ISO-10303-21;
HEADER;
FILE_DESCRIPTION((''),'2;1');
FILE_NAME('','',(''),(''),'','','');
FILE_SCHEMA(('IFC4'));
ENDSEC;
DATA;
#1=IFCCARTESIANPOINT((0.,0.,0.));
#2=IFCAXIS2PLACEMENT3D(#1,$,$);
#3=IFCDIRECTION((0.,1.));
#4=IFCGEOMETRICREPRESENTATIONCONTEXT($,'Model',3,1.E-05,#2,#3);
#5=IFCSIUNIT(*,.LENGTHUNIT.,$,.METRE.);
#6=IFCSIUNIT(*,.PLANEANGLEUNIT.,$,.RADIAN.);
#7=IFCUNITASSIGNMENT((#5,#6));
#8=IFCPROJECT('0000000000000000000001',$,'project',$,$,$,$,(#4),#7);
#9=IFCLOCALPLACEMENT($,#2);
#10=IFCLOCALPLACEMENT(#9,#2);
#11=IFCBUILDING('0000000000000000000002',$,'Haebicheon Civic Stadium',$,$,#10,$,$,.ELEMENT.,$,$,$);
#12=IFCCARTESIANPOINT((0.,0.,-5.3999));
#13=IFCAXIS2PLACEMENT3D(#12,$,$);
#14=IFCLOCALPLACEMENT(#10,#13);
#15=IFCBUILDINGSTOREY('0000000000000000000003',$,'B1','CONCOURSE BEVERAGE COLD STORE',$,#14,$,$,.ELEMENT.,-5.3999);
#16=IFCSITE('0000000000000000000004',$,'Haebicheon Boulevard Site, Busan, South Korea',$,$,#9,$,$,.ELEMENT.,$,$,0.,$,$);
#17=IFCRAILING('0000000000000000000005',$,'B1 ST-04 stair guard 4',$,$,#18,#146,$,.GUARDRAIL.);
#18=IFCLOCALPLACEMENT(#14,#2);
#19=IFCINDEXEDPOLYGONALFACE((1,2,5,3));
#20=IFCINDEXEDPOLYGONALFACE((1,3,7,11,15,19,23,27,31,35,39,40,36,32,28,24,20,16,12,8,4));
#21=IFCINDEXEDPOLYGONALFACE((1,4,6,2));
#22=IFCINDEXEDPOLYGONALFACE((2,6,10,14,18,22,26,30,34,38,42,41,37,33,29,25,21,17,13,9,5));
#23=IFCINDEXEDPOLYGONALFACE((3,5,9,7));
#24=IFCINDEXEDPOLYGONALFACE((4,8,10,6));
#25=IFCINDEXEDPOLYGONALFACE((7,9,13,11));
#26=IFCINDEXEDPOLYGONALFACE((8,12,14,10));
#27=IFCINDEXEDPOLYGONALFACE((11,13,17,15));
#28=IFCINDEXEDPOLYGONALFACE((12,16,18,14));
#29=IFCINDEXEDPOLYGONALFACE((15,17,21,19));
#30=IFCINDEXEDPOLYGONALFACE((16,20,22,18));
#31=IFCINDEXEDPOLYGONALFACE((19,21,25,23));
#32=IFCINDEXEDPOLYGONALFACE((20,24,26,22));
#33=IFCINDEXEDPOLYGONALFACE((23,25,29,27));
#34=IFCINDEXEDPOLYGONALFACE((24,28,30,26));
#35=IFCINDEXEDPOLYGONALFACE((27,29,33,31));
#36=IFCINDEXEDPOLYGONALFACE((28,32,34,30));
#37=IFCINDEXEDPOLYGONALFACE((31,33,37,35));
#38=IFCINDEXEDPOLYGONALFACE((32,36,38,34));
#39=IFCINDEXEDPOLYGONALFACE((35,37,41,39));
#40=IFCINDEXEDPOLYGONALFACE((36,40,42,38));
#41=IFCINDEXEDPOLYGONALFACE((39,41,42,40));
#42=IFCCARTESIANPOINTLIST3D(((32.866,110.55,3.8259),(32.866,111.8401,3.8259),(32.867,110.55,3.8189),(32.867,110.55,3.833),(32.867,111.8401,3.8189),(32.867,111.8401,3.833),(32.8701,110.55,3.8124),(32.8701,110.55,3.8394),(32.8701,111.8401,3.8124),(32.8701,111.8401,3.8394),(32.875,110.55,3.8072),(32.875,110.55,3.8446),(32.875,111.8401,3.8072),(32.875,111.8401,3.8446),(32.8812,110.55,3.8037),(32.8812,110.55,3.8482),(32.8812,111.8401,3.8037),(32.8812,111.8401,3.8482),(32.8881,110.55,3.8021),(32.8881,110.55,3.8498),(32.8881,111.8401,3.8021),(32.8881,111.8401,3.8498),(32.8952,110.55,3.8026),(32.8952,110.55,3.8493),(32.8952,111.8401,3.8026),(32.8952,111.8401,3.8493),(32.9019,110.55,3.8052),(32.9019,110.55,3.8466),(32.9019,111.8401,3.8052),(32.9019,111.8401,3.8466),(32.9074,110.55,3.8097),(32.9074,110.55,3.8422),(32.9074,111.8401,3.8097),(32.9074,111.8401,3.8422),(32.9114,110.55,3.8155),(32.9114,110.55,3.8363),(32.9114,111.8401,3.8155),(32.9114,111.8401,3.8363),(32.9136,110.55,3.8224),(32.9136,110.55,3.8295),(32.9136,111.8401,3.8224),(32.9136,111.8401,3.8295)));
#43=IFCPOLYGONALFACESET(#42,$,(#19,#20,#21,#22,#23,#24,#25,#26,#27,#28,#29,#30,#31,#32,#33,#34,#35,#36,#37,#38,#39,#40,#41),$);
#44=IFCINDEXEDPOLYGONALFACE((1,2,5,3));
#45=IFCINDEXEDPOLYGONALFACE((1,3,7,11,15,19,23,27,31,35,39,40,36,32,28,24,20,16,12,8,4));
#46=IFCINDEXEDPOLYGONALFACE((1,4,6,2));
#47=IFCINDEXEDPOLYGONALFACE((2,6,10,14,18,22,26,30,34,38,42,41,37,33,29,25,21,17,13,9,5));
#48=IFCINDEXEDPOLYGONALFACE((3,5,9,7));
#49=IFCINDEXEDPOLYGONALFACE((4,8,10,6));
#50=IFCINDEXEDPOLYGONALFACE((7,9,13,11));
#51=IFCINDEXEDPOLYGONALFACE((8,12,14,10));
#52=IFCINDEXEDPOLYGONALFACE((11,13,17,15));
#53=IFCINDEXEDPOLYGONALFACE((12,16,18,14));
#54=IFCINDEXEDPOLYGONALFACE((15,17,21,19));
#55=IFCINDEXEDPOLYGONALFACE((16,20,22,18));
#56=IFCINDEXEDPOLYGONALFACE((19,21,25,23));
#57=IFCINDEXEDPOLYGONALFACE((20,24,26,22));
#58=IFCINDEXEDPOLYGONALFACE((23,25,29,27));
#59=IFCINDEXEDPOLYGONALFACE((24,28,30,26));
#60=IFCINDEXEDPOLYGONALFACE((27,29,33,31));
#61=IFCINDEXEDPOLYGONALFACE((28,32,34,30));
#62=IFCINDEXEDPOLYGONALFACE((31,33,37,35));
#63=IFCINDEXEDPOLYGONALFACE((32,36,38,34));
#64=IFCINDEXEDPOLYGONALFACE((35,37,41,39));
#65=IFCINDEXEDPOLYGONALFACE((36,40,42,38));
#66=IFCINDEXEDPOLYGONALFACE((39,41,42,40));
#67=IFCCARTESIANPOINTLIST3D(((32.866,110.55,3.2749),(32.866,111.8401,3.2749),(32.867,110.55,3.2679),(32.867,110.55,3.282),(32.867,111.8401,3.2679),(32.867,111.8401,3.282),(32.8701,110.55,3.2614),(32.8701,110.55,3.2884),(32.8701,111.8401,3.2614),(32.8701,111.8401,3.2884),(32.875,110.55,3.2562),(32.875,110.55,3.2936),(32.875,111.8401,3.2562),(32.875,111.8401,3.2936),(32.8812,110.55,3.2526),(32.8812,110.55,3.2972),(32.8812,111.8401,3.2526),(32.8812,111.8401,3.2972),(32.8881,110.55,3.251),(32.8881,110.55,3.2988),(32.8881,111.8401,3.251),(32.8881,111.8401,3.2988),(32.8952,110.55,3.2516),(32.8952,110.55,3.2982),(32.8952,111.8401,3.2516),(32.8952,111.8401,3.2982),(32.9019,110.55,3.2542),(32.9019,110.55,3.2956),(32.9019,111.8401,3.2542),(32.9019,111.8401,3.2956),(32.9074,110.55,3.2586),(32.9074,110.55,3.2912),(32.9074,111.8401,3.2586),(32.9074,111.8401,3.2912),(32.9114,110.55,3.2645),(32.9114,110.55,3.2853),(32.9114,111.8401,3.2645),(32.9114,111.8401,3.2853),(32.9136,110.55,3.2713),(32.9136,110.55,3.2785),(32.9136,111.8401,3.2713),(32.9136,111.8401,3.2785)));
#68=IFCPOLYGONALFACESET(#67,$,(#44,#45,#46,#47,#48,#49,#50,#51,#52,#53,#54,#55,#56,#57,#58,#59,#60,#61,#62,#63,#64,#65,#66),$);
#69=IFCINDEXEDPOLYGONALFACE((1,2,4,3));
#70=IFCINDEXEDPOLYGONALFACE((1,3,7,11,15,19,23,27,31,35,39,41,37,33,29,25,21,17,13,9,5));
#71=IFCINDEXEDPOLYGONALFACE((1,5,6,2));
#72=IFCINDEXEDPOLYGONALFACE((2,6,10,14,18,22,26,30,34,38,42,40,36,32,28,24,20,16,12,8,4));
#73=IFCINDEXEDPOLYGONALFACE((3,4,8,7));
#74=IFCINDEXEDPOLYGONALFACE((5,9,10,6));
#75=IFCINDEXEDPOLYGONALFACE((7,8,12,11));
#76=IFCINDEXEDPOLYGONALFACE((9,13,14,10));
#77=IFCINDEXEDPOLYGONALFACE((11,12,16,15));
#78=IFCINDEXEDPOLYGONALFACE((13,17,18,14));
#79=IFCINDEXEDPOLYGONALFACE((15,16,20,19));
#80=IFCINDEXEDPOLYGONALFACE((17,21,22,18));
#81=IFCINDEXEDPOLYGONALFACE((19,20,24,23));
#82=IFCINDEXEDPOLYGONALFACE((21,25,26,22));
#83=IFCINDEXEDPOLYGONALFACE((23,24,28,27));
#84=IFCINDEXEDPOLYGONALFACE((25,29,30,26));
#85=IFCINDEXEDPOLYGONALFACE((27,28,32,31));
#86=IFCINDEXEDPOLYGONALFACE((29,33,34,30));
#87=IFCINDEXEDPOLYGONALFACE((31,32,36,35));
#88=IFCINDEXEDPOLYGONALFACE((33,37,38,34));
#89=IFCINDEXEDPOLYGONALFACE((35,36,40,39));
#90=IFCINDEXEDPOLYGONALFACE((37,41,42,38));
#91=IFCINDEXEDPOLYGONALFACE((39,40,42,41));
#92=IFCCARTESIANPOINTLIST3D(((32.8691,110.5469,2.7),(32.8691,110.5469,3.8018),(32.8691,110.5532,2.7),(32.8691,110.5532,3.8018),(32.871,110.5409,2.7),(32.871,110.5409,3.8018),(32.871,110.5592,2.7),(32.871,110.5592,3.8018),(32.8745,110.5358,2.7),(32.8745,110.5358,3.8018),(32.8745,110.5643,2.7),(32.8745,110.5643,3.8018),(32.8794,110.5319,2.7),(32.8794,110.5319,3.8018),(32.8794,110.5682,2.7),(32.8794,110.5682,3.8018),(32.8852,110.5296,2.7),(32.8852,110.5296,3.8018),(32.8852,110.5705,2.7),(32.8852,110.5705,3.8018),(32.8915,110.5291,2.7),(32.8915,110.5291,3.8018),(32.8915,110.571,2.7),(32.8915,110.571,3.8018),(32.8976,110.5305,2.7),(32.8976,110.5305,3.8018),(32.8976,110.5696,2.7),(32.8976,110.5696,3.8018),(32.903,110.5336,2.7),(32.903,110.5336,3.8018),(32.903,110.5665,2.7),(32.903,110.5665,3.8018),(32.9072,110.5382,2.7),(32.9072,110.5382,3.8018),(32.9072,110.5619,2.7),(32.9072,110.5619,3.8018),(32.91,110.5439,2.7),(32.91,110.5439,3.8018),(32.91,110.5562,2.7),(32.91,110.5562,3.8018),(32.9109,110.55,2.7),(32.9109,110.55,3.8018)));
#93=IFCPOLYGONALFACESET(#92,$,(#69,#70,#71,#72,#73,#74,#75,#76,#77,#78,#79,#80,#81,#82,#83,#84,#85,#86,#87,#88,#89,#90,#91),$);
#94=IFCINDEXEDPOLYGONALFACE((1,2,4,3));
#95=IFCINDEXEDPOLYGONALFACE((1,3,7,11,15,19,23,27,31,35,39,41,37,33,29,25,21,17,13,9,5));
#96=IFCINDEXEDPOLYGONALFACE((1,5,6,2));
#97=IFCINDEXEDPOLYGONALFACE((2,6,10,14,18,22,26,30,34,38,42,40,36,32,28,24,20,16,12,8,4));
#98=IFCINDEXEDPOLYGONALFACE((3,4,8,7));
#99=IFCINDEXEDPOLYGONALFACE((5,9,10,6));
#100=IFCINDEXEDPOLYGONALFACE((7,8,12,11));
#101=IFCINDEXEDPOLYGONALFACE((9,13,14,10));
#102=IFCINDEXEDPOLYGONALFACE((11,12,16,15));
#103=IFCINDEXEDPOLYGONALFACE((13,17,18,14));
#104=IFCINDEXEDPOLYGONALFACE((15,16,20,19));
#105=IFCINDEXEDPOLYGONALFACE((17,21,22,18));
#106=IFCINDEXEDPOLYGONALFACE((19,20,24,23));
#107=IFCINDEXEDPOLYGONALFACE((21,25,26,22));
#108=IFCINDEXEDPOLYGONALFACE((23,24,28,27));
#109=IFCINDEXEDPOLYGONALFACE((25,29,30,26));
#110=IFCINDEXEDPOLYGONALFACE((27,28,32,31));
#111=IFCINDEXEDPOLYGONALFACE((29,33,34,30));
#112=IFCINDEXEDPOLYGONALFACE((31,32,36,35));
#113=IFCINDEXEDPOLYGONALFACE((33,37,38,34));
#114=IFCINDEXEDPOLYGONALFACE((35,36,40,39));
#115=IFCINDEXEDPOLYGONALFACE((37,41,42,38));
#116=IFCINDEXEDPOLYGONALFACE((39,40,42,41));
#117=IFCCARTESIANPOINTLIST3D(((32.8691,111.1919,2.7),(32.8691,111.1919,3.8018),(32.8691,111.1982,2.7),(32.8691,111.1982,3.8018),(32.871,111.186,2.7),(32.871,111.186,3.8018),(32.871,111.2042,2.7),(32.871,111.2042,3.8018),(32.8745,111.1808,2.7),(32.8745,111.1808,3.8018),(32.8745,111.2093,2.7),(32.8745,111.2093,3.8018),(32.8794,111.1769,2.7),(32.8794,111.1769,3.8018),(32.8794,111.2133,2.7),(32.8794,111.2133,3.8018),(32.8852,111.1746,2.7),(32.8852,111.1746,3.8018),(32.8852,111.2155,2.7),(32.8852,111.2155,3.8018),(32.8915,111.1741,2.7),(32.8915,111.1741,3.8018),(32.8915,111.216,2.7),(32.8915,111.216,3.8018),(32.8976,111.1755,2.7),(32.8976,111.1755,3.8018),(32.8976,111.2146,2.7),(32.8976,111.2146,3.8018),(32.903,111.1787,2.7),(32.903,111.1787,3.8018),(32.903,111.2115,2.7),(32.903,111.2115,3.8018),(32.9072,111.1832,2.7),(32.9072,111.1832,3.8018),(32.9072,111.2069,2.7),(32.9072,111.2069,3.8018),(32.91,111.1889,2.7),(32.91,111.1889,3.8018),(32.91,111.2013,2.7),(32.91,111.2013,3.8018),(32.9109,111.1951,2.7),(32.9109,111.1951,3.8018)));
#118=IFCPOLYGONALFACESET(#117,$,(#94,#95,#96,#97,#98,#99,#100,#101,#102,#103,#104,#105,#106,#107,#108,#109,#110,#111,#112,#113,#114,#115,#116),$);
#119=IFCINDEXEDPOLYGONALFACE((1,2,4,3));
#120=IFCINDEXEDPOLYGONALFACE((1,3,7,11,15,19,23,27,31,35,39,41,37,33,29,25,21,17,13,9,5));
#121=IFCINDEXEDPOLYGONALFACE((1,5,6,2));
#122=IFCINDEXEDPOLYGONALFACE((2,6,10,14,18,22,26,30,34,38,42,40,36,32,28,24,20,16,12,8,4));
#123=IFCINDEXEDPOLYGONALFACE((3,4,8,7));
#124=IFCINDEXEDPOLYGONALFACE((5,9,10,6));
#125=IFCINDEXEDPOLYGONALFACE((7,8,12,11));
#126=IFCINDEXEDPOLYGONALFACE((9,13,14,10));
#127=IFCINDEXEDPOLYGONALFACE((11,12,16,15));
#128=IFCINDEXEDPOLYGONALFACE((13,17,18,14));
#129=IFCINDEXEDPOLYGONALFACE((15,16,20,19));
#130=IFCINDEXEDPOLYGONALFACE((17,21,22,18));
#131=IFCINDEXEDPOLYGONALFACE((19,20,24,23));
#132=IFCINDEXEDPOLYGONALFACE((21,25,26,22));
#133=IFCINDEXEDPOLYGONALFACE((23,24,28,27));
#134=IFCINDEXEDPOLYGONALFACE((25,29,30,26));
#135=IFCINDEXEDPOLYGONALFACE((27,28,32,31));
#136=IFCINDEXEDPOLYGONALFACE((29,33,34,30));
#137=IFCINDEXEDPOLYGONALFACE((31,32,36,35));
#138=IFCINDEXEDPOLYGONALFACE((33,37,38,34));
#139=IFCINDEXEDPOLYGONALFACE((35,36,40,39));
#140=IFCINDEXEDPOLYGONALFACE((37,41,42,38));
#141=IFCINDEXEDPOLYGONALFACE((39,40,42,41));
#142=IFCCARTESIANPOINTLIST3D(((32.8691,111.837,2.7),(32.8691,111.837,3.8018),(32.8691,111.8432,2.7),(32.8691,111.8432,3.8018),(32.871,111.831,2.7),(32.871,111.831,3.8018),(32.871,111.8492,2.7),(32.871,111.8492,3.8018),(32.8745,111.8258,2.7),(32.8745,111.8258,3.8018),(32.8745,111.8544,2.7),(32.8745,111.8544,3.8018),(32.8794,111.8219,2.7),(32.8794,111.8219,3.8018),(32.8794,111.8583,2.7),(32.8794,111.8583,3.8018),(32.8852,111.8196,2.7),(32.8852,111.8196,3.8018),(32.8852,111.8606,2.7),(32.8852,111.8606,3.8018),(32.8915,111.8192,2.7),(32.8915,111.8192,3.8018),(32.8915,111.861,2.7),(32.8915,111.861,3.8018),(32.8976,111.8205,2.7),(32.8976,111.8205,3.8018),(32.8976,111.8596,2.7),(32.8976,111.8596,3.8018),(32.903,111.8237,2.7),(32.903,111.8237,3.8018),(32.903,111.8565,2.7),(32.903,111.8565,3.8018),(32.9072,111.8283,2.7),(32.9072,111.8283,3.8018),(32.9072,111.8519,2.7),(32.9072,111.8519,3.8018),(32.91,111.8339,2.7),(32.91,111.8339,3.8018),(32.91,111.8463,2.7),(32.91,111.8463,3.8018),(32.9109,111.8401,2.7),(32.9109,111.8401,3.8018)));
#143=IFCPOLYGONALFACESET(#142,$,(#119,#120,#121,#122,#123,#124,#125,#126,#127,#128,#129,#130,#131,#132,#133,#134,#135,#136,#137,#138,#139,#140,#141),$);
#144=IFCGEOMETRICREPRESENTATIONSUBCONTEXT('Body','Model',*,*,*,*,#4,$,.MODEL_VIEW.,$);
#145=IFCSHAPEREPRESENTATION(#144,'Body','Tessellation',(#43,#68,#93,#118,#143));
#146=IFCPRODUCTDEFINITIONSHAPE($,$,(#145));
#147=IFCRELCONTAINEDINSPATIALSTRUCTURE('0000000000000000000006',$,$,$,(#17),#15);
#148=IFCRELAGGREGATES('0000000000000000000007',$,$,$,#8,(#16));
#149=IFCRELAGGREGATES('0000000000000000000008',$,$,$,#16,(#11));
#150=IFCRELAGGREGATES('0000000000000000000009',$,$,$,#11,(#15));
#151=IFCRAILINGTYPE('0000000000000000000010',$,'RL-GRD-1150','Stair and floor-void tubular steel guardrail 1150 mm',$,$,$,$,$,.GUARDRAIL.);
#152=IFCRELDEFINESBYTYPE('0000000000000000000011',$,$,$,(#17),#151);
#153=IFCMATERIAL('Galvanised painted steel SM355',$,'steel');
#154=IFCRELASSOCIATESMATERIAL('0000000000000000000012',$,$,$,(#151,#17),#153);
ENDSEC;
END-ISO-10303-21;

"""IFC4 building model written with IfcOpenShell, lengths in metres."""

from ifc_helpers import new_model, si_unit, direction, frame, origin, origin_2d, place, context, subcontext, project, spatial, circle, extrude, material, type_object, element, save


model = new_model("IFC4")

# Units and contexts
model_context = context("Model", 3, precision=1e-05, world=origin(), true_north=direction((0.0, 1.0)))
body_context = subcontext(model_context, "Body", "Model", "MODEL_VIEW")
ifc_project = project(units=[si_unit("LENGTHUNIT", "METRE"), si_unit("PLANEANGLEUNIT", "RADIAN")], contexts=[model_context])

# Site, building, storey
site_placement = place(None, origin())
site = spatial("IfcSite", under=ifc_project, at=site_placement, Name="Haebicheon Boulevard Site, Busan, South Korea", CompositionType="ELEMENT", RefElevation=0.0)
building_placement = place(site_placement, origin())
building = spatial("IfcBuilding", under=site, at=building_placement, Name="Haebicheon Civic Stadium", CompositionType="ELEMENT")
storey_placement = place(building_placement, frame((0.0, 0.0, -5.3999)))
storey = spatial("IfcBuildingStorey", under=building, at=storey_placement, Name="B1", Description="CONCOURSE BEVERAGE COLD STORE", CompositionType="ELEMENT", Elevation=-5.3999)

# Railing
ifc_material_1 = material(Name="Galvanised painted steel SM355", Category="steel")
railing_type_1 = type_object("IfcRailingType", Name="RL-GRD-1150", Description="Stair and floor-void tubular steel guardrail 1150 mm", PredefinedType="GUARDRAIL", material=ifc_material_1)
railing_1_placement = place(storey_placement, frame((32.8899, 110.55, 2.7)))
element("IfcRailing", 1, at=railing_1_placement, inside=storey, type_object=railing_type_1, material=ifc_material_1, Name="B1 ST-04 stair guard 4", PredefinedType="GUARDRAIL", context=body_context, shape_type="SweptSolid", body=[
    extrude(circle(Radius=0.0239, at=origin_2d()), frame((0.0, 0.0, 1.126), z_axis=(0.0, 1.0, 0.0), x_axis=(-1.0, 0.0, 0.0)), (0.0, 0.0, 1.0), 1.29),
    extrude(circle(Radius=0.0239, at=origin_2d()), frame((0.0, 0.0, 0.575), z_axis=(0.0, 1.0, 0.0), x_axis=(-1.0, 0.0, 0.0)), (0.0, 0.0, 1.0), 1.29),
    extrude(circle(Radius=0.021, at=origin_2d()), origin(), (0.0, 0.0, 1.0), 1.1018),
    extrude(circle(Radius=0.021, at=origin_2d()), frame((0.0, 0.645, 0.0)), (0.0, 0.0, 1.0), 1.1018),
    extrude(circle(Radius=0.021, at=origin_2d()), frame((0.0, 1.29, 0.0)), (0.0, 0.0, 1.0), 1.1018),
])

save(model, "model.ifc")
